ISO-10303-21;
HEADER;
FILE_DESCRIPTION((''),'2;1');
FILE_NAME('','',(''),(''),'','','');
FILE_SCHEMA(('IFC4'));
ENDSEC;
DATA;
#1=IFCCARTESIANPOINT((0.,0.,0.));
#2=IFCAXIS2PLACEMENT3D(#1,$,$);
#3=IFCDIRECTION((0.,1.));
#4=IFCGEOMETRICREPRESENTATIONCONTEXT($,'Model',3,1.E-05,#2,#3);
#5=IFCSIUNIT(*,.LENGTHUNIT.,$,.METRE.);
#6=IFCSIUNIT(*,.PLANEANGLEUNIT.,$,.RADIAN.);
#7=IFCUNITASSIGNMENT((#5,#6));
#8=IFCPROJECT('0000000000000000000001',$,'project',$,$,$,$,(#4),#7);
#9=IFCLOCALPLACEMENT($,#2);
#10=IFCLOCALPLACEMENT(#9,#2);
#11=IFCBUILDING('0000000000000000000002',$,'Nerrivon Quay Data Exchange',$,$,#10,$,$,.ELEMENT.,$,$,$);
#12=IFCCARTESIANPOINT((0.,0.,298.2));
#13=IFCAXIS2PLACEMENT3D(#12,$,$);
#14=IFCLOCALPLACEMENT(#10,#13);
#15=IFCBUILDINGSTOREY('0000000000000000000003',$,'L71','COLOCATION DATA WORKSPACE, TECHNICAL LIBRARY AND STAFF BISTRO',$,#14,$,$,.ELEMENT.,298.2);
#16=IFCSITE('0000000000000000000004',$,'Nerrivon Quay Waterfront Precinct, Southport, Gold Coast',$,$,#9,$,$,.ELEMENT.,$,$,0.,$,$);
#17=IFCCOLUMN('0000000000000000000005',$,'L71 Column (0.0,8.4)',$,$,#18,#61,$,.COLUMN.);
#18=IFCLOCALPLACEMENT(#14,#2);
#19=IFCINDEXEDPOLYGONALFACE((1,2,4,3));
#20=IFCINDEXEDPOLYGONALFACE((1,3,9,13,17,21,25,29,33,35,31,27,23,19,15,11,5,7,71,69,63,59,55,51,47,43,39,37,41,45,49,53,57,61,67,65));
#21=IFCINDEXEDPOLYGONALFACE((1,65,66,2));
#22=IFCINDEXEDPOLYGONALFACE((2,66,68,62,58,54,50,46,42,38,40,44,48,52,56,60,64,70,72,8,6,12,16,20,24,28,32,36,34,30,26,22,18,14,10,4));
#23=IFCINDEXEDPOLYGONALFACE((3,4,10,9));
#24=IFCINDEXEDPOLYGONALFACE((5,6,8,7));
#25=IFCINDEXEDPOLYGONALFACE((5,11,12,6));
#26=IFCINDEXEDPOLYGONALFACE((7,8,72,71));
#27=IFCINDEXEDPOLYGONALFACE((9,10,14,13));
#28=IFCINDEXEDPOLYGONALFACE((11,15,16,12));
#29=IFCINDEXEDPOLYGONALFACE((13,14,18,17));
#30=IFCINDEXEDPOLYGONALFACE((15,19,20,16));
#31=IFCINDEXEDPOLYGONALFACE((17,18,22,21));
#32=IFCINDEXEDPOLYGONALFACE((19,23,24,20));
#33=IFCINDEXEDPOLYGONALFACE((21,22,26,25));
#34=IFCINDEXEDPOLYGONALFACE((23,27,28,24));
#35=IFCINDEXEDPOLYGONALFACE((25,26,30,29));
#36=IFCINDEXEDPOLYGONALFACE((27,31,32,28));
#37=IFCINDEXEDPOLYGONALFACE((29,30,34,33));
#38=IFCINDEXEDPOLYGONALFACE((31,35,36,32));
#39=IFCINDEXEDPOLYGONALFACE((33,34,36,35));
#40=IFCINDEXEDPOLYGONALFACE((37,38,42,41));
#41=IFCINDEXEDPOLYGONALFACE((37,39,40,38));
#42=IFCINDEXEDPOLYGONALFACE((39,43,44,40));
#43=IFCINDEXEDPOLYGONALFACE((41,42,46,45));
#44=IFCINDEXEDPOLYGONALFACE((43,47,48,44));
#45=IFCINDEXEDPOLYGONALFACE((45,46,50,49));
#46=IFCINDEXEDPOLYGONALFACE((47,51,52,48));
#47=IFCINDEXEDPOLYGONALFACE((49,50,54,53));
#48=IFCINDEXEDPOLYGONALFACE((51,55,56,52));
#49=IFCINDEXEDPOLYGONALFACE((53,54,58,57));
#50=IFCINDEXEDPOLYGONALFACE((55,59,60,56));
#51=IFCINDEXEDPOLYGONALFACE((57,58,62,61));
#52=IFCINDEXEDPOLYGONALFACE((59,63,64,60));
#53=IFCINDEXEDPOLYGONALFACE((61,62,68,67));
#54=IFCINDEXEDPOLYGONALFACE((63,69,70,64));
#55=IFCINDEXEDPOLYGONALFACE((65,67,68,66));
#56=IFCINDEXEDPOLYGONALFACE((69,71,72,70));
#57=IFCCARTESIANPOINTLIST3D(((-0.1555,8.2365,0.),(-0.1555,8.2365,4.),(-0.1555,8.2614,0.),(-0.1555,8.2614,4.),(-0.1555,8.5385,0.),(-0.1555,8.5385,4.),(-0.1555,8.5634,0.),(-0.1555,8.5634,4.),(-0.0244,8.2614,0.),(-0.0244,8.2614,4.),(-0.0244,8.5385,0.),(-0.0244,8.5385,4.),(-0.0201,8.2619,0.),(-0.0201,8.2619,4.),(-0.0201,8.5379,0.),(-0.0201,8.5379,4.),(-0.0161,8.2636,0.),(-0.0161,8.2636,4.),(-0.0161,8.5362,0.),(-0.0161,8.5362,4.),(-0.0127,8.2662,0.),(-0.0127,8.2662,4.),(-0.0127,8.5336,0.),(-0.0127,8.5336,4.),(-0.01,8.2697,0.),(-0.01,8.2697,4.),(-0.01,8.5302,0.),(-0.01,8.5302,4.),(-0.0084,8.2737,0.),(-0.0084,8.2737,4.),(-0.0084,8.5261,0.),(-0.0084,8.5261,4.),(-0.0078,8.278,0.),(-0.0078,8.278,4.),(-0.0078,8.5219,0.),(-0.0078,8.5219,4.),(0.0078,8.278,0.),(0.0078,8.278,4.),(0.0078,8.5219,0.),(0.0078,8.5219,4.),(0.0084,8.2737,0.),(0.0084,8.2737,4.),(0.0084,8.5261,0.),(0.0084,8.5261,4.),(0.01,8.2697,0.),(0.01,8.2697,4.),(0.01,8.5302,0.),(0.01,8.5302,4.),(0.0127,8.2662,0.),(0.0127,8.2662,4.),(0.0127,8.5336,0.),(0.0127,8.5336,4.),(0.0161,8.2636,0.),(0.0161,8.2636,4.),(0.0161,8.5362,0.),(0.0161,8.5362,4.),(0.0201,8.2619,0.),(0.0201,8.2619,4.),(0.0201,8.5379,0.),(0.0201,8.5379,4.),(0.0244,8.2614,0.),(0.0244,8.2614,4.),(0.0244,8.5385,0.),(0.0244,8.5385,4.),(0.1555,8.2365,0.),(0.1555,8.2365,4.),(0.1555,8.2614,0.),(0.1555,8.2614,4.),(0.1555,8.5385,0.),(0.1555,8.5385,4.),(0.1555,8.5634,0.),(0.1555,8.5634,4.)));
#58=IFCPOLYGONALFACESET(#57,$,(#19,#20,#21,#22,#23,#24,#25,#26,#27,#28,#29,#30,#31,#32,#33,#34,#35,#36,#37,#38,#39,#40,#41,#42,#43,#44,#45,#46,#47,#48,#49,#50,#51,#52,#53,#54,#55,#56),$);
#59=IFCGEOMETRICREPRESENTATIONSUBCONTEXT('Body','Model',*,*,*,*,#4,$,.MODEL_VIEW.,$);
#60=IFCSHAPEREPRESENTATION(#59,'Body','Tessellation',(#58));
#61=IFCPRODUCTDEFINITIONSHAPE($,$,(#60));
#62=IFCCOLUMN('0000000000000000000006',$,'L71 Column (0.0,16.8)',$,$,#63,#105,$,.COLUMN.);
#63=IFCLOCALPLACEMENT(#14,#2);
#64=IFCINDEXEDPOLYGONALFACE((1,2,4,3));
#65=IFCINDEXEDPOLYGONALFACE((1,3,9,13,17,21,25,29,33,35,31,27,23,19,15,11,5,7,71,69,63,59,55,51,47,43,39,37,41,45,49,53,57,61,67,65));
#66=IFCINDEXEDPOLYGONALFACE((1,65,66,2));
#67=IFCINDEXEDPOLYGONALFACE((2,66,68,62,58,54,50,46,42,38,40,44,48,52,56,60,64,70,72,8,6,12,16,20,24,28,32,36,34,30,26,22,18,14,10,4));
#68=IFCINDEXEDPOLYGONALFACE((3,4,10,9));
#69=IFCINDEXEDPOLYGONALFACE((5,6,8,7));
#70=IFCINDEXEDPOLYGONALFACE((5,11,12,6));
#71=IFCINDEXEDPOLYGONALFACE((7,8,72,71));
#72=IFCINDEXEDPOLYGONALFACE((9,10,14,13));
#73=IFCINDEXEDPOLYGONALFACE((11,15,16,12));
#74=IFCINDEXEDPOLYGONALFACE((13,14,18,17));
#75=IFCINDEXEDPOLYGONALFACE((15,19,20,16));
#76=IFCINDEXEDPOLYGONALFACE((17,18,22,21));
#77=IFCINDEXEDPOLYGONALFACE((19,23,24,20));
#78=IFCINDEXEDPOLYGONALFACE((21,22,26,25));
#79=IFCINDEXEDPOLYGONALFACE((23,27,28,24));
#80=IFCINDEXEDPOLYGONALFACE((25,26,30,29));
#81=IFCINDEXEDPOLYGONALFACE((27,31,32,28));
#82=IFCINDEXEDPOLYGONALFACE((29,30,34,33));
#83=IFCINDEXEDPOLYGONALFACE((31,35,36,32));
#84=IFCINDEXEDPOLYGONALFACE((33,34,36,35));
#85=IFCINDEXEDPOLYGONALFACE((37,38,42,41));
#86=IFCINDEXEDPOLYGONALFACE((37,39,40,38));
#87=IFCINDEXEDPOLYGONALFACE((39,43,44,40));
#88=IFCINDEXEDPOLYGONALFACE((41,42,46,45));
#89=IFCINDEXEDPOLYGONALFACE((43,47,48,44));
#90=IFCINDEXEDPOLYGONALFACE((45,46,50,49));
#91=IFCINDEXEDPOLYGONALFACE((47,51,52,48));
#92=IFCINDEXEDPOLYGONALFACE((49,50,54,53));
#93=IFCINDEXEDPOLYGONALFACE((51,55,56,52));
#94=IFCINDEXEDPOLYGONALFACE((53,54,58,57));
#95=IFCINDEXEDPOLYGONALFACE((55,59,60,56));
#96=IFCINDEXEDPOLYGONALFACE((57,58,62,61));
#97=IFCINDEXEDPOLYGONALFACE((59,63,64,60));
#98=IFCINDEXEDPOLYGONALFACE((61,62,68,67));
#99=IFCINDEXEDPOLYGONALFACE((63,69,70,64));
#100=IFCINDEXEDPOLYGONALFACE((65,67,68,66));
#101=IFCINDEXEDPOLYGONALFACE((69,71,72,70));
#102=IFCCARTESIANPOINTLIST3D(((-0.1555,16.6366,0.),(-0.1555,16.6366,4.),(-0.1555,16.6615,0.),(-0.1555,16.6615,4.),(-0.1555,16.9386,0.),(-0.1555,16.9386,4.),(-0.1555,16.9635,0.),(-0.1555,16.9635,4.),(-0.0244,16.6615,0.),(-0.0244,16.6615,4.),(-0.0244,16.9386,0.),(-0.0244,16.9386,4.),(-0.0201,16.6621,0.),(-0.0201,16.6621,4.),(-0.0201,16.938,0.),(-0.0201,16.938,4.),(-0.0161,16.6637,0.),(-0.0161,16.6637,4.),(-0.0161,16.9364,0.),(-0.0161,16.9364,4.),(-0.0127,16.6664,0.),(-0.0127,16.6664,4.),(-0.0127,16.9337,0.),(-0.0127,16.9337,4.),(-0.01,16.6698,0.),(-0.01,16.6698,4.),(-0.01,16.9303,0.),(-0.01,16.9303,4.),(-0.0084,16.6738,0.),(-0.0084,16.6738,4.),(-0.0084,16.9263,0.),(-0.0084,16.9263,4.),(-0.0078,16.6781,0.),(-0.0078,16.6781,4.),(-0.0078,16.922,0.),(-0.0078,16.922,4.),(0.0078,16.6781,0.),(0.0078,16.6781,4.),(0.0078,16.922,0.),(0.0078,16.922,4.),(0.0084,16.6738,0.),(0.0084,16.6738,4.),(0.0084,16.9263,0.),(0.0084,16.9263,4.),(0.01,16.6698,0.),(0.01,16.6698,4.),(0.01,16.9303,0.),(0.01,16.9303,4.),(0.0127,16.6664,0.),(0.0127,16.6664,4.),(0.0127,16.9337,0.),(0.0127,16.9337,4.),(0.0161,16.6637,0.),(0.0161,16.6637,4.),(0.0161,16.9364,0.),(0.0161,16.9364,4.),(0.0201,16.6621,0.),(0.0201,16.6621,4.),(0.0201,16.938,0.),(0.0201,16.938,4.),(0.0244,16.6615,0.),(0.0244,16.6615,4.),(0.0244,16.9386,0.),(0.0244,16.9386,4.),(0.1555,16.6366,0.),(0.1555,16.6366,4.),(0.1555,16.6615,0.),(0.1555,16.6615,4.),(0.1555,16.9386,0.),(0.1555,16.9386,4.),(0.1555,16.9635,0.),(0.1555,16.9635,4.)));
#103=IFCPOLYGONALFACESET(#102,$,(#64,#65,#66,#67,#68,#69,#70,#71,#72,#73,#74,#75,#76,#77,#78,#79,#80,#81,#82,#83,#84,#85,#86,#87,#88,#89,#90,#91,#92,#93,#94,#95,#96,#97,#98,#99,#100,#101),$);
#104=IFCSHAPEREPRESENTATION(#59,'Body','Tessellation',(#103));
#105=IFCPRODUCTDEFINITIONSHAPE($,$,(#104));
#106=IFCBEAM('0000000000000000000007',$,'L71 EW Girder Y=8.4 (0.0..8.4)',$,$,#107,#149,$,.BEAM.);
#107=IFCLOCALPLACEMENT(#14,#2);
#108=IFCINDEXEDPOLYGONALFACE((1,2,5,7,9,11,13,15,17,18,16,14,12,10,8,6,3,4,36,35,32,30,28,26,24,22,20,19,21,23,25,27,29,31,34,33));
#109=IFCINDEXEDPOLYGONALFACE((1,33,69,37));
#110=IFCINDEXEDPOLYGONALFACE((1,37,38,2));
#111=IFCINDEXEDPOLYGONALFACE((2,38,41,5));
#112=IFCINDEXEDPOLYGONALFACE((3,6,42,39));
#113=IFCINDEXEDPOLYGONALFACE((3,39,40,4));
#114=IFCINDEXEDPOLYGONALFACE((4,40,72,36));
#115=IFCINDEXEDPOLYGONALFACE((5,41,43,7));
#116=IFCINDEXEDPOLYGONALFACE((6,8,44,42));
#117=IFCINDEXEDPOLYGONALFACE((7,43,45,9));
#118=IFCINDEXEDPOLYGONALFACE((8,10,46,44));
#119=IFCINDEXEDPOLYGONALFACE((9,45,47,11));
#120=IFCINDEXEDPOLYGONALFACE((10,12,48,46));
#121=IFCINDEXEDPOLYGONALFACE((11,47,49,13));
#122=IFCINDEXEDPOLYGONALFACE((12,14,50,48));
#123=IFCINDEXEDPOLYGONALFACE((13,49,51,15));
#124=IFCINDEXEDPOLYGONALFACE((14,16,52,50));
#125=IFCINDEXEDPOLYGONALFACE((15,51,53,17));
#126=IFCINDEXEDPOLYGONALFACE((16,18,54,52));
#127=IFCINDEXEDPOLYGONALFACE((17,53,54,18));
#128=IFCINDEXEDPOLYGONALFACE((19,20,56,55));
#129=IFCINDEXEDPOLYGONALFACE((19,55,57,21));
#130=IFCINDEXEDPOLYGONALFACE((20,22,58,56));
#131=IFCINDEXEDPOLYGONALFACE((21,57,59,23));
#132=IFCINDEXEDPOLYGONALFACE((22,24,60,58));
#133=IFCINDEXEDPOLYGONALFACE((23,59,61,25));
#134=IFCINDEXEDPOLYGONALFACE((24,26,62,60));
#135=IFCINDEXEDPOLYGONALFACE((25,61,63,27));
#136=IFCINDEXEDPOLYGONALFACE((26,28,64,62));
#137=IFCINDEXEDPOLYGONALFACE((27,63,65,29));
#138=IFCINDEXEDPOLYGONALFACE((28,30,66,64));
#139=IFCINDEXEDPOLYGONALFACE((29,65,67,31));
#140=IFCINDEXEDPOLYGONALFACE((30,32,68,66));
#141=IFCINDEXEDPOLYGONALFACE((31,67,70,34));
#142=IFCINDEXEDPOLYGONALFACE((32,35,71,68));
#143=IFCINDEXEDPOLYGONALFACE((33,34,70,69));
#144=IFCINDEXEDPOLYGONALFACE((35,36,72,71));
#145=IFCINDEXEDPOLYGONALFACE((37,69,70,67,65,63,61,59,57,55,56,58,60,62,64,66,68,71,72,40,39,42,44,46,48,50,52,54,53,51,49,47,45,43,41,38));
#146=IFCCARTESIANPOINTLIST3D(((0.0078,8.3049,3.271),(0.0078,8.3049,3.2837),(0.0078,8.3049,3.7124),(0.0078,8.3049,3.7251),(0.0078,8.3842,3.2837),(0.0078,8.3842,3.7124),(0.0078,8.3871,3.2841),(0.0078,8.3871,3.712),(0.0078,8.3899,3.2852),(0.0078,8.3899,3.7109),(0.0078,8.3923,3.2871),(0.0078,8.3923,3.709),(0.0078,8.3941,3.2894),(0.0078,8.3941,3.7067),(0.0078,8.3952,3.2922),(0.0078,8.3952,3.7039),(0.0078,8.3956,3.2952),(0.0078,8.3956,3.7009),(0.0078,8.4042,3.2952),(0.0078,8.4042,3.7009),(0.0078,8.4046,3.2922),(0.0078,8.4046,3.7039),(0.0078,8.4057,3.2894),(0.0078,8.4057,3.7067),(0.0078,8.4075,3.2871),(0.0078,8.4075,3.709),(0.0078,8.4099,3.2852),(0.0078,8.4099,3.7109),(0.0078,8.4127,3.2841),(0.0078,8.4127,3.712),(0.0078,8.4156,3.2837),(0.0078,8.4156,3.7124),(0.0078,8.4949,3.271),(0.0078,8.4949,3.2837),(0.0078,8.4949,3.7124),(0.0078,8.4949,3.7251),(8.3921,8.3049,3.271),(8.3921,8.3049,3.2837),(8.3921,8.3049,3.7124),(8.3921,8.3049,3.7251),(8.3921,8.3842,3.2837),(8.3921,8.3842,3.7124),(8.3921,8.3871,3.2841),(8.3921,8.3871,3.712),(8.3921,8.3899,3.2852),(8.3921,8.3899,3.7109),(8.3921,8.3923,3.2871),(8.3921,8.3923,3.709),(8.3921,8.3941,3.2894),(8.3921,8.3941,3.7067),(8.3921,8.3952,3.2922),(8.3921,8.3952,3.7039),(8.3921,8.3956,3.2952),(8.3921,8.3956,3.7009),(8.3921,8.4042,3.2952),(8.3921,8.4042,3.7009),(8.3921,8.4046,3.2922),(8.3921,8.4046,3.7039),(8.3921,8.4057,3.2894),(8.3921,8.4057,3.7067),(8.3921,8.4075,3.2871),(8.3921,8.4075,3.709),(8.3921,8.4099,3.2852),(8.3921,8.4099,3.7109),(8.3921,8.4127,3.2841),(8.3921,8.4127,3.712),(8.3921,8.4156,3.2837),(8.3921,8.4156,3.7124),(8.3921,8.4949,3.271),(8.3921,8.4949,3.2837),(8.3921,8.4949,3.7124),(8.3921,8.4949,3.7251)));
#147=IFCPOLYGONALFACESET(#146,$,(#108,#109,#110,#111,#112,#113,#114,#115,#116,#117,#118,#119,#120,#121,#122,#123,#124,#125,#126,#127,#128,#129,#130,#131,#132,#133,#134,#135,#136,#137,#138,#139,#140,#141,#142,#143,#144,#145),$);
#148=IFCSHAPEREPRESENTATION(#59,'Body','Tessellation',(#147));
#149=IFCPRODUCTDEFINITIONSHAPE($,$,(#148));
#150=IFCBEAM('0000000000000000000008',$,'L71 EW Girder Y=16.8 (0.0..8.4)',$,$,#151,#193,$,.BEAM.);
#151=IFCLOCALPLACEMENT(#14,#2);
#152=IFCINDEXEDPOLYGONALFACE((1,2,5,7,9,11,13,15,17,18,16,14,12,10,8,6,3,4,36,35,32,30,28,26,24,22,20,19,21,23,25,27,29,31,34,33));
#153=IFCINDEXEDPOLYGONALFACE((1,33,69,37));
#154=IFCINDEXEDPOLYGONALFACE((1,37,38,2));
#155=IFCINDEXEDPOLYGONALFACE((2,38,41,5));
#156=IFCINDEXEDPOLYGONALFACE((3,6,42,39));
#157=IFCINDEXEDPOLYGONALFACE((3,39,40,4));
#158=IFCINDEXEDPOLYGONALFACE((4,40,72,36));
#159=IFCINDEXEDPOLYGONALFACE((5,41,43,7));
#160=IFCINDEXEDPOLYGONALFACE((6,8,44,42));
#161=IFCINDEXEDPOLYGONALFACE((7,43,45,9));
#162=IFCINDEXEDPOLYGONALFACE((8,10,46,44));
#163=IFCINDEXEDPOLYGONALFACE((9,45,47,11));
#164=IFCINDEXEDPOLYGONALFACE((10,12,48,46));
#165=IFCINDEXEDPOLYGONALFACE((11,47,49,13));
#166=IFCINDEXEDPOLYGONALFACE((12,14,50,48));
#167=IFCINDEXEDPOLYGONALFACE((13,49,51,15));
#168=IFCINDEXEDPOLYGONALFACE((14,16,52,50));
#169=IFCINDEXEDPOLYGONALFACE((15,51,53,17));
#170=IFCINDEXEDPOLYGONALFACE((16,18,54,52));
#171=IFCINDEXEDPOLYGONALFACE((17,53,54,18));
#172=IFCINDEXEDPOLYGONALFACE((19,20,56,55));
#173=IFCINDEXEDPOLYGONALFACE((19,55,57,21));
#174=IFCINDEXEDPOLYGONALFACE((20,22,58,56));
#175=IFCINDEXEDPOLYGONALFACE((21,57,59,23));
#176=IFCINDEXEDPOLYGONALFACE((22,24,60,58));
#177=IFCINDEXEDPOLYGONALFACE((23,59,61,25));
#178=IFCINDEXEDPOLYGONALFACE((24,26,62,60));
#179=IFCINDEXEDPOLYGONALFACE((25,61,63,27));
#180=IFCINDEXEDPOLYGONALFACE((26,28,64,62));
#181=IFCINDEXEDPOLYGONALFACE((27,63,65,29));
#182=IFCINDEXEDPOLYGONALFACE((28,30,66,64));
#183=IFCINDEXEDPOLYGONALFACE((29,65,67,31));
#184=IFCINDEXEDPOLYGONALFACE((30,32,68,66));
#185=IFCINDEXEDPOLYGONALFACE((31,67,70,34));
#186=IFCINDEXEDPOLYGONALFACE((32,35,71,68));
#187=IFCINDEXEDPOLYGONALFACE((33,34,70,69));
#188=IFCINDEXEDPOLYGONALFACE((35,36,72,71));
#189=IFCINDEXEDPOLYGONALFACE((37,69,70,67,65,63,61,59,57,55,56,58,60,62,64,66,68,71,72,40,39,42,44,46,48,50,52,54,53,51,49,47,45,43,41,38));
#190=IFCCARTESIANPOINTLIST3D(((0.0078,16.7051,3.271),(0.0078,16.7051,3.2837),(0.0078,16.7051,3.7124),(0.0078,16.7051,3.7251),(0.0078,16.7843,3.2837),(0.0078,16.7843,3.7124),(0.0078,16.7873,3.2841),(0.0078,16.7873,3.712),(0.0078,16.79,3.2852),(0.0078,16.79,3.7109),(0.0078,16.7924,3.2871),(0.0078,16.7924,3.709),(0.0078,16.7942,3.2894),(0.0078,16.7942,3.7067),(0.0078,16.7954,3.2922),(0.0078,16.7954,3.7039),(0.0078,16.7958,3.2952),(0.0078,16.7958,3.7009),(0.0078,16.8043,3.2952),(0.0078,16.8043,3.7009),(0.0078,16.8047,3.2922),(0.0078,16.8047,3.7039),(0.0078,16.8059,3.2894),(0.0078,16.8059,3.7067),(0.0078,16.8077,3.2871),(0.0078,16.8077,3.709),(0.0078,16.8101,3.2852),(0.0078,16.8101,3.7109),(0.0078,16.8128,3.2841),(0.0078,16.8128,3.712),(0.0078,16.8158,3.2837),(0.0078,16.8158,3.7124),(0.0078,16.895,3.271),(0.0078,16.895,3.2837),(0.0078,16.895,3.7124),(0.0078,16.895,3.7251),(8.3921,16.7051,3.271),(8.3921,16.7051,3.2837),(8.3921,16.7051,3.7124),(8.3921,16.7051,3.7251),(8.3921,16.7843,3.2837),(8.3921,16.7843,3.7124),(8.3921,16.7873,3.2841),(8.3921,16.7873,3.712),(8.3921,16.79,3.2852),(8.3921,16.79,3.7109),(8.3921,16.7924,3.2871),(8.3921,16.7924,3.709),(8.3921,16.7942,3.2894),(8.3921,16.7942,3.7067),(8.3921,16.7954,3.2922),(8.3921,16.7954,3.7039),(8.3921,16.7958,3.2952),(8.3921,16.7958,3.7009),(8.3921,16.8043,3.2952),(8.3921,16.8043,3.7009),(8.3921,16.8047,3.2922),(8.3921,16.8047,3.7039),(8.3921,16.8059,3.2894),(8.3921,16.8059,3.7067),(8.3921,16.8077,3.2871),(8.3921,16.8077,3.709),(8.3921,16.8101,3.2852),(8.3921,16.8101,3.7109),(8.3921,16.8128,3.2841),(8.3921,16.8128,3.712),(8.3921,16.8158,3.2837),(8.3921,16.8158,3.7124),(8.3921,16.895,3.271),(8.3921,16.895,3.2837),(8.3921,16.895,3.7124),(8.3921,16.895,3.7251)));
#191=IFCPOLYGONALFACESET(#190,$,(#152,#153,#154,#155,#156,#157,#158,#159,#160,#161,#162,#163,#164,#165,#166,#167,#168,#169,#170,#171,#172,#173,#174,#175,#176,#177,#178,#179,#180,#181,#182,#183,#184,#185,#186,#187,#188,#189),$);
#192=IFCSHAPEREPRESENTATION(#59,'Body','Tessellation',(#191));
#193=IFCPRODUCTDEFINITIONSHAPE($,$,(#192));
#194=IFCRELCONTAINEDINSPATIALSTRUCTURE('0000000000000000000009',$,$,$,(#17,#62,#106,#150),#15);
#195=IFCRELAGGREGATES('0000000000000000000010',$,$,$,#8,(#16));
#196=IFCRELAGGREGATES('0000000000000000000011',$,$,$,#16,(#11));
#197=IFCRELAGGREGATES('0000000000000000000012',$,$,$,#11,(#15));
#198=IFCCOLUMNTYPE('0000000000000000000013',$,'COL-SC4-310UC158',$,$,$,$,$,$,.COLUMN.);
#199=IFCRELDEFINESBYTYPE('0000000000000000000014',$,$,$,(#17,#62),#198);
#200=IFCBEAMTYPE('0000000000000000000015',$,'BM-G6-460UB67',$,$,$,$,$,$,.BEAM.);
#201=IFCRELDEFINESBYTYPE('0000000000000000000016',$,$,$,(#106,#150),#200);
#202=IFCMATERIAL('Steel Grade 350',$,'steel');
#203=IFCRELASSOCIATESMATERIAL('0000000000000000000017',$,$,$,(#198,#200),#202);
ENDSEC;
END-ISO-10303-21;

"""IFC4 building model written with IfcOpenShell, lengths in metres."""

from ifc_helpers import new_model, si_unit, direction, frame, origin, origin_2d, place, context, subcontext, project, spatial, i_section, extrude, material, material_profile, profile_set, type_object, element, save


model = new_model("IFC4")

# Units and contexts
model_context = context("Model", 3, precision=1e-05, world=origin(), true_north=direction((0.0, 1.0)))
body_context = subcontext(model_context, "Body", "Model", "MODEL_VIEW")
ifc_project = project(units=[si_unit("LENGTHUNIT", "METRE"), si_unit("PLANEANGLEUNIT", "RADIAN")], contexts=[model_context])

# Site, building, storey
site_placement = place(None, origin())
site = spatial("IfcSite", under=ifc_project, at=site_placement, Name="Nerrivon Quay Waterfront Precinct, Southport, Gold Coast", CompositionType="ELEMENT", RefElevation=0.0)
building_placement = place(site_placement, origin())
building = spatial("IfcBuilding", under=site, at=building_placement, Name="Nerrivon Quay Data Exchange", CompositionType="ELEMENT")
storey_placement = place(building_placement, frame((0.0, 0.0, 298.2)))
storey = spatial("IfcBuildingStorey", under=building, at=storey_placement, Name="L71", Description="COLOCATION DATA WORKSPACE, TECHNICAL LIBRARY AND STAFF BISTRO", CompositionType="ELEMENT", Elevation=298.2)

# Columns
ifc_material_1 = material(Name="Steel Grade 350", Category="steel")
ifc_material_profile_1 = material_profile(ifc_material_1, i_section(OverallWidth=0.311, OverallDepth=0.3269, WebThickness=0.0156, FlangeThickness=0.0249, FilletRadius=0.0166, at=origin_2d()), Name="310UC158")
ifc_profile_set_1 = profile_set([ifc_material_profile_1], Name="Steel Grade 350")
column_type = type_object("IfcColumnType", Name="COL-SC4-310UC158", PredefinedType="COLUMN", material=ifc_profile_set_1)
for number, where, z_axis, x_axis, name in (
    (1, (0.0, 8.3999, 0.0), (0.0, 0.0, 1.0), (1.0, 0.0, 0.0), "L71 Column (0.0,8.4)"),
    (2, (0.0, 16.8, 0.0), (0.0, 0.0, 1.0), (1.0, 0.0, 0.0), "L71 Column (0.0,16.8)"),
):
    element("IfcColumn", number, at=place(storey_placement, frame(where, z_axis=z_axis, x_axis=x_axis)), inside=storey, type_object=column_type, Name=name, PredefinedType="COLUMN", context=body_context, shape_type="SweptSolid", body=[
        extrude(i_section(OverallWidth=0.311, OverallDepth=0.3269, WebThickness=0.0156, FlangeThickness=0.0249, FilletRadius=0.0166, at=origin_2d()), origin(), (0.0, 0.0, 1.0), 4.0),
    ])

# Beams
ifc_material_profile_2 = material_profile(ifc_material_1, i_section(OverallWidth=0.1899, OverallDepth=0.4541, WebThickness=0.0085, FlangeThickness=0.0127, FilletRadius=0.0115, at=origin_2d()), Name="460UB67.1")
ifc_profile_set_2 = profile_set([ifc_material_profile_2], Name="Steel Grade 350")
beam_type_1 = type_object("IfcBeamType", Name="BM-G6-460UB67", PredefinedType="BEAM", material=ifc_profile_set_2)
for number, where, z_axis, x_axis, name in (
    (3, (0.0078, 8.3999, 3.498), (1.0, 0.0, 0.0), (0.0, 1.0, 0.0), "L71 EW Girder Y=8.4 (0.0..8.4)"),
    (4, (0.0078, 16.8, 3.498), (1.0, 0.0, 0.0), (0.0, 1.0, 0.0), "L71 EW Girder Y=16.8 (0.0..8.4)"),
):
    element("IfcBeam", number, at=place(storey_placement, frame(where, z_axis=z_axis, x_axis=x_axis)), inside=storey, type_object=beam_type_1, Name=name, PredefinedType="BEAM", context=body_context, shape_type="SweptSolid", body=[
        extrude(i_section(OverallWidth=0.1899, OverallDepth=0.4541, WebThickness=0.0085, FlangeThickness=0.0127, FilletRadius=0.0115, at=origin_2d()), origin(), (0.0, 0.0, 1.0), 8.3843),
    ])

save(model, "model.ifc")
